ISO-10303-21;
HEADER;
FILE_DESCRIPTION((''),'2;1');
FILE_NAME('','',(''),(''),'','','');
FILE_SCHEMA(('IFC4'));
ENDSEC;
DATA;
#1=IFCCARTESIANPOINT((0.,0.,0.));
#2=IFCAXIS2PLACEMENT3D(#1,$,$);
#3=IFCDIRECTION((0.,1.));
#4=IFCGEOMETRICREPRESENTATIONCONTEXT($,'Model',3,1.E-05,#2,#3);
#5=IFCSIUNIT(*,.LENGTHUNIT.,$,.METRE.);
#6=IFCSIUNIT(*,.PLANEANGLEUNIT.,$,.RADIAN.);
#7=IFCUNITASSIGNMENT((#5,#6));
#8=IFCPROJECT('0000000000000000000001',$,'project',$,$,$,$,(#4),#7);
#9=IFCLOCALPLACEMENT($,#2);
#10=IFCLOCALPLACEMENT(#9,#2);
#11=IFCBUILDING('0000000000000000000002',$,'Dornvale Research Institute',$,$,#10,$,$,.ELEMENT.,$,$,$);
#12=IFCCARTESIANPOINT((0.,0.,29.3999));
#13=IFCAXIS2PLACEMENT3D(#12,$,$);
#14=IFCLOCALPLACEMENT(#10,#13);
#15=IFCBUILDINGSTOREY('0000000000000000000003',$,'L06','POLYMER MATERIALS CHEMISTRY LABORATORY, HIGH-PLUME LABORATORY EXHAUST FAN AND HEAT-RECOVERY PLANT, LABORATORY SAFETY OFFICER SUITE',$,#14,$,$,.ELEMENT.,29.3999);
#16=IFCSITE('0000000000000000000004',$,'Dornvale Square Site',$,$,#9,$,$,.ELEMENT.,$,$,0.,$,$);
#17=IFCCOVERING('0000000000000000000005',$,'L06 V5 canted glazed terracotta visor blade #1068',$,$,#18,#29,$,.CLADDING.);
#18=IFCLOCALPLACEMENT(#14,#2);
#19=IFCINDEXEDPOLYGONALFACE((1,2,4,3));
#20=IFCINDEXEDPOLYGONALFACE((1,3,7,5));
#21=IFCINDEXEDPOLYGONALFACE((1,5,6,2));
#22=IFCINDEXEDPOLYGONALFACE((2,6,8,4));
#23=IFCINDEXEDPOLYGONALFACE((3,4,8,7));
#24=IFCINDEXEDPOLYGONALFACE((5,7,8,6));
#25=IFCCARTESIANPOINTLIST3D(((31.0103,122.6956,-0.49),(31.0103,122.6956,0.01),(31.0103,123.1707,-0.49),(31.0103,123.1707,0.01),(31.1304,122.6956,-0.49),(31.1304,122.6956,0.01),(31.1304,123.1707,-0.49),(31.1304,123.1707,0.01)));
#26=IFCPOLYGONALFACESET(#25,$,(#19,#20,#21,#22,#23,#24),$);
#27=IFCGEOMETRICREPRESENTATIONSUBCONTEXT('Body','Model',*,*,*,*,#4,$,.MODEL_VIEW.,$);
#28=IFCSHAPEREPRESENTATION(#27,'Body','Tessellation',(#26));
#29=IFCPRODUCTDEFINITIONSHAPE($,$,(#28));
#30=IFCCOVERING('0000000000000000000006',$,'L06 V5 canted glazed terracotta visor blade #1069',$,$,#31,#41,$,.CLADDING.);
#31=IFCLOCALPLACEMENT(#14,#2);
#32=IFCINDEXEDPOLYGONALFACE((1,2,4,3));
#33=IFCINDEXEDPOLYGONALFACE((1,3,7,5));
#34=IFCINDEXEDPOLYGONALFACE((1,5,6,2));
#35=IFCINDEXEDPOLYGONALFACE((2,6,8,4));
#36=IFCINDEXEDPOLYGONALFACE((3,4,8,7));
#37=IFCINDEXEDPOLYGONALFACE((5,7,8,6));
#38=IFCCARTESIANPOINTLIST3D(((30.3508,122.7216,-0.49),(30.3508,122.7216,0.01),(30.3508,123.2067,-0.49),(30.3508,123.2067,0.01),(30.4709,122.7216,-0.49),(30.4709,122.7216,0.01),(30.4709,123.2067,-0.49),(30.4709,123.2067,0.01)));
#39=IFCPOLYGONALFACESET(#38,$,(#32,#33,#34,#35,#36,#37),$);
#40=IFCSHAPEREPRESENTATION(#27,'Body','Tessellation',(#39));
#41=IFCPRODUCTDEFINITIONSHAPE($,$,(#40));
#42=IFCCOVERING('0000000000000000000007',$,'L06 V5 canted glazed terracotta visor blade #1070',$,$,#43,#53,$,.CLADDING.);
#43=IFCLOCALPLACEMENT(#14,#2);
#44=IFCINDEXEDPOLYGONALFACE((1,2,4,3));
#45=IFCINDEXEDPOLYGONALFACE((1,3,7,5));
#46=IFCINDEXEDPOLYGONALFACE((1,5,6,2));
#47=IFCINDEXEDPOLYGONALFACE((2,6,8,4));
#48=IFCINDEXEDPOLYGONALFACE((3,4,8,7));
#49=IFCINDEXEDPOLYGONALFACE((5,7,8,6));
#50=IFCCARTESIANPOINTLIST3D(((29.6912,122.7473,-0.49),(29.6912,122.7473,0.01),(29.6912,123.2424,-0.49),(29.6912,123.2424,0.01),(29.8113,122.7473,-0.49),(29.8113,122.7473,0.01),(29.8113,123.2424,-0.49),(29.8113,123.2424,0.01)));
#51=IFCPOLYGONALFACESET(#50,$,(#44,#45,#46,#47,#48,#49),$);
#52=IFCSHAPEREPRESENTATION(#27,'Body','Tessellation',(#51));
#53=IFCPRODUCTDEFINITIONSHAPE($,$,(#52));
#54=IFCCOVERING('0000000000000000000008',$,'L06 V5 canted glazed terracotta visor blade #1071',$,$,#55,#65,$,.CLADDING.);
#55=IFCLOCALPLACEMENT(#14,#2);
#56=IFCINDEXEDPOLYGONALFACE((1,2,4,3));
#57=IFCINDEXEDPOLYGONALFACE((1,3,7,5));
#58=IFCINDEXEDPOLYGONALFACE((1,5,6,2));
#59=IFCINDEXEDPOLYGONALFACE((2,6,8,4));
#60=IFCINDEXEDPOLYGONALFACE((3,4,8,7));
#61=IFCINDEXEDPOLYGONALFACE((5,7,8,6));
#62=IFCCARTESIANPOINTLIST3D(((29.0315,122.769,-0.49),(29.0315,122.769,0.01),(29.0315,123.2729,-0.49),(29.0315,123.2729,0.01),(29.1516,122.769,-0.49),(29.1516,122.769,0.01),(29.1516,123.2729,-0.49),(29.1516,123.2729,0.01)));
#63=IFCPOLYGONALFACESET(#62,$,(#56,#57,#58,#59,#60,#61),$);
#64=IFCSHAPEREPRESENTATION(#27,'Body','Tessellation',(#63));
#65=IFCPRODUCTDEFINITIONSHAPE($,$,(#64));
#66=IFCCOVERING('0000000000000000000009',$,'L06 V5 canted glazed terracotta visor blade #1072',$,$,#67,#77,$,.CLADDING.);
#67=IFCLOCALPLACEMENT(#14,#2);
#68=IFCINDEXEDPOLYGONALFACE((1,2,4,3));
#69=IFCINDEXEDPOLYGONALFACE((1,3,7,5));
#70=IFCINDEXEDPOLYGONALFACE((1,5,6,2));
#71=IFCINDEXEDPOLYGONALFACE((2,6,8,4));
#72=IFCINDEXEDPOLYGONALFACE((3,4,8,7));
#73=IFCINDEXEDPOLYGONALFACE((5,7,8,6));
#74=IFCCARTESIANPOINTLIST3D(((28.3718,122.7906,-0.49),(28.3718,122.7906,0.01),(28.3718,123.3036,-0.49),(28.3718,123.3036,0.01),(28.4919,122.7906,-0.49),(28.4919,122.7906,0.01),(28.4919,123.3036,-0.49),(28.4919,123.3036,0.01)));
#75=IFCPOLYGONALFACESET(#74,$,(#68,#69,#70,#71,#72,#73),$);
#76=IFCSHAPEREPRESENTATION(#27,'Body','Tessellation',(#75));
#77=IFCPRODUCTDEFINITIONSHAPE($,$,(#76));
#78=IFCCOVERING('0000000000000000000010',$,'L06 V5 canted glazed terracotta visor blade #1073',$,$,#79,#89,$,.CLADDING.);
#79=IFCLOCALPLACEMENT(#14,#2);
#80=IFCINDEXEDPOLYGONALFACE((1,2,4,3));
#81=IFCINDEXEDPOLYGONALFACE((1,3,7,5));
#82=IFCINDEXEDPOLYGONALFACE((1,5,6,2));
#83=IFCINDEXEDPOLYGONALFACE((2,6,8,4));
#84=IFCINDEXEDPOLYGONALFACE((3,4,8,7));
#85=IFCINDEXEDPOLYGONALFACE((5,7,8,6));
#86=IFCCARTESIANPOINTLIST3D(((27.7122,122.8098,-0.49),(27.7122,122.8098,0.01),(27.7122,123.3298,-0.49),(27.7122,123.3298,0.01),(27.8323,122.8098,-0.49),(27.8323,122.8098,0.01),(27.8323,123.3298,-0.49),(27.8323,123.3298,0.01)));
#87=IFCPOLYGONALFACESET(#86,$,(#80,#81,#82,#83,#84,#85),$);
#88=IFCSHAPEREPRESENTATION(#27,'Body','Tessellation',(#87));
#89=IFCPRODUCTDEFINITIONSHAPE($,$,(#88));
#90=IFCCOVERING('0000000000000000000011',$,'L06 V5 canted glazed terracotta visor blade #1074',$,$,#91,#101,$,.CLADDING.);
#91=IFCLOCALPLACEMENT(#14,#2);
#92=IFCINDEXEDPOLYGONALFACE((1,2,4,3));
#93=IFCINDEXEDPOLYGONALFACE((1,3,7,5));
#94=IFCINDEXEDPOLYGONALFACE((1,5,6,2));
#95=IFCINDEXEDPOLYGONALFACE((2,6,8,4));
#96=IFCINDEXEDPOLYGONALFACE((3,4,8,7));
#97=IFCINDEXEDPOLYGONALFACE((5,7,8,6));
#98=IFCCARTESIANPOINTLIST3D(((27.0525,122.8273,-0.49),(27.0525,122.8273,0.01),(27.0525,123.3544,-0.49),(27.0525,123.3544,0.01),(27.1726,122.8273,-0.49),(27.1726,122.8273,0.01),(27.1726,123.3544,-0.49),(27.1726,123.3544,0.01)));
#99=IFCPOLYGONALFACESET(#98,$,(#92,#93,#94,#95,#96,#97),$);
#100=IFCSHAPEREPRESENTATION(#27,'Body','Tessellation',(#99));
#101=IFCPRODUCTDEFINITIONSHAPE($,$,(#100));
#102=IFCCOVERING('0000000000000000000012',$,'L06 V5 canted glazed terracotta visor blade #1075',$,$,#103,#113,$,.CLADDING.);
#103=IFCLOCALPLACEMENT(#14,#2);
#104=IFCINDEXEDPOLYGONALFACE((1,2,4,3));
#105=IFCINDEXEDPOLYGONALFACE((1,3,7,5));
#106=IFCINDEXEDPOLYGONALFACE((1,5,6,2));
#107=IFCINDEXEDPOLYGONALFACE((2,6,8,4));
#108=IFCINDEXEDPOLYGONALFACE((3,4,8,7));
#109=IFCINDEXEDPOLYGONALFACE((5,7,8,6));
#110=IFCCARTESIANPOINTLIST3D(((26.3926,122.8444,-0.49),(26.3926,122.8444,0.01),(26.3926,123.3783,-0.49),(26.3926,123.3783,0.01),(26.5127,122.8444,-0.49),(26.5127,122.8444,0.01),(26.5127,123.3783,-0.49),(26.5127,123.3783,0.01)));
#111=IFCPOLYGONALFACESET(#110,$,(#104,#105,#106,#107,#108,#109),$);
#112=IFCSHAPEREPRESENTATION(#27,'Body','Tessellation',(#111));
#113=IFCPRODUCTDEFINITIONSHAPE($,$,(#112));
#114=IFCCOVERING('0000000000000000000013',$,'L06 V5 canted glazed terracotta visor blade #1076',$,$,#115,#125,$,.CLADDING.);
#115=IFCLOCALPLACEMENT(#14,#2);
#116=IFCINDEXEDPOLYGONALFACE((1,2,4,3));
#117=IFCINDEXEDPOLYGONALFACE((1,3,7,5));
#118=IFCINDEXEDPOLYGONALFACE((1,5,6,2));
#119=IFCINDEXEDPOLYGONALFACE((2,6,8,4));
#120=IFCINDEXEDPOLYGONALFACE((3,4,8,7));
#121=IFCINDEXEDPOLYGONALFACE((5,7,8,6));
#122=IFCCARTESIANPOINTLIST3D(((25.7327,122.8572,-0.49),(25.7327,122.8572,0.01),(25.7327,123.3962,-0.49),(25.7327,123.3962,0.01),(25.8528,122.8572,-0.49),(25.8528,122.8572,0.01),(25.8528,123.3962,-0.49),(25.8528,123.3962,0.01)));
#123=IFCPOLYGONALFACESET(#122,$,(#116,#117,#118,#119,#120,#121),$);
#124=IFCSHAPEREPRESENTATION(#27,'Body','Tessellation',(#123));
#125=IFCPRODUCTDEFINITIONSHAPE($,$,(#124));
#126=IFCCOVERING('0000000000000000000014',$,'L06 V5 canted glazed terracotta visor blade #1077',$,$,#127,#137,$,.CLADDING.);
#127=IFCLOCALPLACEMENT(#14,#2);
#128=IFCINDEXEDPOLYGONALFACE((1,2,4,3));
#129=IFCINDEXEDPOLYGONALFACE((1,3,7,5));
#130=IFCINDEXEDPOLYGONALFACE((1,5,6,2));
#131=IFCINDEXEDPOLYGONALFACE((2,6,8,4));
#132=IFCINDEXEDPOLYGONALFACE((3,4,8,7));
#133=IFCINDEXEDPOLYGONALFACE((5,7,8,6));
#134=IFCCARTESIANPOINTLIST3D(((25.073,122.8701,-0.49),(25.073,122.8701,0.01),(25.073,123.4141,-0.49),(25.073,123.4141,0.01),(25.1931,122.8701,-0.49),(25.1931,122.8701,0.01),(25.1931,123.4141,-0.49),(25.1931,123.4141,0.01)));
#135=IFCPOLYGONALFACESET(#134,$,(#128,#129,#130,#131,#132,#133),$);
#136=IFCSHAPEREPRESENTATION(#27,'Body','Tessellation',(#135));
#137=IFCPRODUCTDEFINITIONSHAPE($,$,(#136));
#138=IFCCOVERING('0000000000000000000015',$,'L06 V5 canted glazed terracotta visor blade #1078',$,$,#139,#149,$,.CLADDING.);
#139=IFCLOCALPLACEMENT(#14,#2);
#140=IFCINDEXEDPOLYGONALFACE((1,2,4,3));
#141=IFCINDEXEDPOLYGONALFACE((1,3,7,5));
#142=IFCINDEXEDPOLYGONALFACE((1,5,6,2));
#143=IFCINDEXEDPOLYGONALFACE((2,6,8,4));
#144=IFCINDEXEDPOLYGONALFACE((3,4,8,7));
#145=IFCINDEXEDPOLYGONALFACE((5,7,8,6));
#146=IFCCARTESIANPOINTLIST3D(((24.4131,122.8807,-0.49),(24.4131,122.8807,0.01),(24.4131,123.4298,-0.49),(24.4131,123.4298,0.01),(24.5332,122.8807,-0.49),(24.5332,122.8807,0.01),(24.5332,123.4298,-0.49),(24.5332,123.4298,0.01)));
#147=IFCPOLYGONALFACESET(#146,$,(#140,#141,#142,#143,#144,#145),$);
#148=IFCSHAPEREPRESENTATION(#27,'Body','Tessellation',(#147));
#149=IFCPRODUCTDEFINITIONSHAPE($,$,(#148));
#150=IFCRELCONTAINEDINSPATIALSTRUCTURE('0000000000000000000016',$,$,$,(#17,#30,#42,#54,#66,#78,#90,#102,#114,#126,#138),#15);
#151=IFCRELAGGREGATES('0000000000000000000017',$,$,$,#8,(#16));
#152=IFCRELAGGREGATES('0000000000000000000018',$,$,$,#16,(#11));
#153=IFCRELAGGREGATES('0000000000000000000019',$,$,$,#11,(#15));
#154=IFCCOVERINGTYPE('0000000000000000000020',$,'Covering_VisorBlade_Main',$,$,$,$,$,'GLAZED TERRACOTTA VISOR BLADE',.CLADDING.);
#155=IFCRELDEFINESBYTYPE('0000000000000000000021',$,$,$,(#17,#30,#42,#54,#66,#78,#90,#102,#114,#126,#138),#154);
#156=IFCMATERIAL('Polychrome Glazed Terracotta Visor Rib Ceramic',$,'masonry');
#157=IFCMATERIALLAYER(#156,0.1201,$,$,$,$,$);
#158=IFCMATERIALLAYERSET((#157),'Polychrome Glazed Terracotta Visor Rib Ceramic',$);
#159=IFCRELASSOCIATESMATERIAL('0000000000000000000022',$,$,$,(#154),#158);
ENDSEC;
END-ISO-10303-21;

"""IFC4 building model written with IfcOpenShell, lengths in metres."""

from ifc_helpers import new_model, si_unit, direction, frame, origin, origin_2d, place, context, subcontext, project, spatial, rectangle, extrude, material, layer, layer_set, type_object, element, save


model = new_model("IFC4")

# Units and contexts
model_context = context("Model", 3, precision=1e-05, world=origin(), true_north=direction((0.0, 1.0)))
body_context = subcontext(model_context, "Body", "Model", "MODEL_VIEW")
ifc_project = project(units=[si_unit("LENGTHUNIT", "METRE"), si_unit("PLANEANGLEUNIT", "RADIAN")], contexts=[model_context])

# Site, building, storey
site_placement = place(None, origin())
site = spatial("IfcSite", under=ifc_project, at=site_placement, Name="Dornvale Square Site", CompositionType="ELEMENT", RefElevation=0.0)
building_placement = place(site_placement, origin())
building = spatial("IfcBuilding", under=site, at=building_placement, Name="Dornvale Research Institute", CompositionType="ELEMENT")
storey_placement = place(building_placement, frame((0.0, 0.0, 29.3999)))
storey = spatial("IfcBuildingStorey", under=building, at=storey_placement, Name="L06", Description="POLYMER MATERIALS CHEMISTRY LABORATORY, HIGH-PLUME LABORATORY EXHAUST FAN AND HEAT-RECOVERY PLANT, LABORATORY SAFETY OFFICER SUITE", CompositionType="ELEMENT", Elevation=29.3999)

# Coverings
ifc_material_1 = material(Name="Polychrome Glazed Terracotta Visor Rib Ceramic", Category="masonry")
ifc_layer_1 = layer(ifc_material_1, 0.1201)
ifc_layer_set_1 = layer_set([ifc_layer_1], Name="Polychrome Glazed Terracotta Visor Rib Ceramic")
covering_type = type_object("IfcCoveringType", Name="Covering_VisorBlade_Main", ElementType="GLAZED TERRACOTTA VISOR BLADE", PredefinedType="CLADDING", material=ifc_layer_set_1)
covering_1_placement = place(storey_placement, frame((31.0703, 122.9331, -0.49), z_axis=(0.0, 0.0, 1.0), x_axis=(0.0, 1.0, 0.0)))
element("IfcCovering", 1, at=covering_1_placement, inside=storey, type_object=covering_type, Name="L06 V5 canted glazed terracotta visor blade #1068", PredefinedType="CLADDING", context=body_context, shape_type="SweptSolid", body=[
    extrude(rectangle(XDim=0.4751, YDim=0.1201, at=origin_2d()), origin(), (0.0, 0.0, 1.0), 0.5),
])
covering_2_placement = place(storey_placement, frame((30.4109, 122.9641, -0.49), z_axis=(0.0, 0.0, 1.0), x_axis=(0.0, 1.0, 0.0)))
element("IfcCovering", 2, at=covering_2_placement, inside=storey, type_object=covering_type, Name="L06 V5 canted glazed terracotta visor blade #1069", PredefinedType="CLADDING", context=body_context, shape_type="SweptSolid", body=[
    extrude(rectangle(XDim=0.4851, YDim=0.1201, at=origin_2d()), origin(), (0.0, 0.0, 1.0), 0.5),
])
covering_3_placement = place(storey_placement, frame((29.7512, 122.9949, -0.49), z_axis=(0.0, 0.0, 1.0), x_axis=(0.0, 1.0, 0.0)))
element("IfcCovering", 3, at=covering_3_placement, inside=storey, type_object=covering_type, Name="L06 V5 canted glazed terracotta visor blade #1070", PredefinedType="CLADDING", context=body_context, shape_type="SweptSolid", body=[
    extrude(rectangle(XDim=0.4951, YDim=0.1201, at=origin_2d()), origin(), (0.0, 0.0, 1.0), 0.5),
])
covering_4_placement = place(storey_placement, frame((29.0916, 123.021, -0.49), z_axis=(0.0, 0.0, 1.0), x_axis=(0.0, 1.0, 0.0)))
element("IfcCovering", 4, at=covering_4_placement, inside=storey, type_object=covering_type, Name="L06 V5 canted glazed terracotta visor blade #1071", PredefinedType="CLADDING", context=body_context, shape_type="SweptSolid", body=[
    extrude(rectangle(XDim=0.5039, YDim=0.1201, at=origin_2d()), origin(), (0.0, 0.0, 1.0), 0.5),
])
covering_5_placement = place(storey_placement, frame((28.4319, 123.0471, -0.49), z_axis=(0.0, 0.0, 1.0), x_axis=(0.0, 1.0, 0.0)))
element("IfcCovering", 5, at=covering_5_placement, inside=storey, type_object=covering_type, Name="L06 V5 canted glazed terracotta visor blade #1072", PredefinedType="CLADDING", context=body_context, shape_type="SweptSolid", body=[
    extrude(rectangle(XDim=0.5129, YDim=0.1201, at=origin_2d()), origin(), (0.0, 0.0, 1.0), 0.5),
])
covering_6_placement = place(storey_placement, frame((27.7722, 123.0698, -0.49), z_axis=(0.0, 0.0, 1.0), x_axis=(0.0, 1.0, 0.0)))
element("IfcCovering", 6, at=covering_6_placement, inside=storey, type_object=covering_type, Name="L06 V5 canted glazed terracotta visor blade #1073", PredefinedType="CLADDING", context=body_context, shape_type="SweptSolid", body=[
    extrude(rectangle(XDim=0.52, YDim=0.1201, at=origin_2d()), origin(), (0.0, 0.0, 1.0), 0.5),
])
covering_7_placement = place(storey_placement, frame((27.1125, 123.0908, -0.49), z_axis=(0.0, 0.0, 1.0), x_axis=(0.0, 1.0, 0.0)))
element("IfcCovering", 7, at=covering_7_placement, inside=storey, type_object=covering_type, Name="L06 V5 canted glazed terracotta visor blade #1074", PredefinedType="CLADDING", context=body_context, shape_type="SweptSolid", body=[
    extrude(rectangle(XDim=0.5271, YDim=0.1201, at=origin_2d()), origin(), (0.0, 0.0, 1.0), 0.5),
])
covering_8_placement = place(storey_placement, frame((26.4526, 123.1113, -0.49), z_axis=(0.0, 0.0, 1.0), x_axis=(0.0, 1.0, 0.0)))
element("IfcCovering", 8, at=covering_8_placement, inside=storey, type_object=covering_type, Name="L06 V5 canted glazed terracotta visor blade #1075", PredefinedType="CLADDING", context=body_context, shape_type="SweptSolid", body=[
    extrude(rectangle(XDim=0.5339, YDim=0.1201, at=origin_2d()), origin(), (0.0, 0.0, 1.0), 0.5),
])
covering_9_placement = place(storey_placement, frame((25.7927, 123.1267, -0.49), z_axis=(0.0, 0.0, 1.0), x_axis=(0.0, 1.0, 0.0)))
element("IfcCovering", 9, at=covering_9_placement, inside=storey, type_object=covering_type, Name="L06 V5 canted glazed terracotta visor blade #1076", PredefinedType="CLADDING", context=body_context, shape_type="SweptSolid", body=[
    extrude(rectangle(XDim=0.5391, YDim=0.1201, at=origin_2d()), origin(), (0.0, 0.0, 1.0), 0.5),
])
covering_10_placement = place(storey_placement, frame((25.1331, 123.1421, -0.49), z_axis=(0.0, 0.0, 1.0), x_axis=(0.0, 1.0, 0.0)))
element("IfcCovering", 10, at=covering_10_placement, inside=storey, type_object=covering_type, Name="L06 V5 canted glazed terracotta visor blade #1077", PredefinedType="CLADDING", context=body_context, shape_type="SweptSolid", body=[
    extrude(rectangle(XDim=0.5439, YDim=0.1201, at=origin_2d()), origin(), (0.0, 0.0, 1.0), 0.5),
])
covering_11_placement = place(storey_placement, frame((24.4731, 123.1553, -0.49), z_axis=(0.0, 0.0, 1.0), x_axis=(0.0, 1.0, 0.0)))
element("IfcCovering", 11, at=covering_11_placement, inside=storey, type_object=covering_type, Name="L06 V5 canted glazed terracotta visor blade #1078", PredefinedType="CLADDING", context=body_context, shape_type="SweptSolid", body=[
    extrude(rectangle(XDim=0.5491, YDim=0.1201, at=origin_2d()), origin(), (0.0, 0.0, 1.0), 0.5),
])

save(model, "model.ifc")
